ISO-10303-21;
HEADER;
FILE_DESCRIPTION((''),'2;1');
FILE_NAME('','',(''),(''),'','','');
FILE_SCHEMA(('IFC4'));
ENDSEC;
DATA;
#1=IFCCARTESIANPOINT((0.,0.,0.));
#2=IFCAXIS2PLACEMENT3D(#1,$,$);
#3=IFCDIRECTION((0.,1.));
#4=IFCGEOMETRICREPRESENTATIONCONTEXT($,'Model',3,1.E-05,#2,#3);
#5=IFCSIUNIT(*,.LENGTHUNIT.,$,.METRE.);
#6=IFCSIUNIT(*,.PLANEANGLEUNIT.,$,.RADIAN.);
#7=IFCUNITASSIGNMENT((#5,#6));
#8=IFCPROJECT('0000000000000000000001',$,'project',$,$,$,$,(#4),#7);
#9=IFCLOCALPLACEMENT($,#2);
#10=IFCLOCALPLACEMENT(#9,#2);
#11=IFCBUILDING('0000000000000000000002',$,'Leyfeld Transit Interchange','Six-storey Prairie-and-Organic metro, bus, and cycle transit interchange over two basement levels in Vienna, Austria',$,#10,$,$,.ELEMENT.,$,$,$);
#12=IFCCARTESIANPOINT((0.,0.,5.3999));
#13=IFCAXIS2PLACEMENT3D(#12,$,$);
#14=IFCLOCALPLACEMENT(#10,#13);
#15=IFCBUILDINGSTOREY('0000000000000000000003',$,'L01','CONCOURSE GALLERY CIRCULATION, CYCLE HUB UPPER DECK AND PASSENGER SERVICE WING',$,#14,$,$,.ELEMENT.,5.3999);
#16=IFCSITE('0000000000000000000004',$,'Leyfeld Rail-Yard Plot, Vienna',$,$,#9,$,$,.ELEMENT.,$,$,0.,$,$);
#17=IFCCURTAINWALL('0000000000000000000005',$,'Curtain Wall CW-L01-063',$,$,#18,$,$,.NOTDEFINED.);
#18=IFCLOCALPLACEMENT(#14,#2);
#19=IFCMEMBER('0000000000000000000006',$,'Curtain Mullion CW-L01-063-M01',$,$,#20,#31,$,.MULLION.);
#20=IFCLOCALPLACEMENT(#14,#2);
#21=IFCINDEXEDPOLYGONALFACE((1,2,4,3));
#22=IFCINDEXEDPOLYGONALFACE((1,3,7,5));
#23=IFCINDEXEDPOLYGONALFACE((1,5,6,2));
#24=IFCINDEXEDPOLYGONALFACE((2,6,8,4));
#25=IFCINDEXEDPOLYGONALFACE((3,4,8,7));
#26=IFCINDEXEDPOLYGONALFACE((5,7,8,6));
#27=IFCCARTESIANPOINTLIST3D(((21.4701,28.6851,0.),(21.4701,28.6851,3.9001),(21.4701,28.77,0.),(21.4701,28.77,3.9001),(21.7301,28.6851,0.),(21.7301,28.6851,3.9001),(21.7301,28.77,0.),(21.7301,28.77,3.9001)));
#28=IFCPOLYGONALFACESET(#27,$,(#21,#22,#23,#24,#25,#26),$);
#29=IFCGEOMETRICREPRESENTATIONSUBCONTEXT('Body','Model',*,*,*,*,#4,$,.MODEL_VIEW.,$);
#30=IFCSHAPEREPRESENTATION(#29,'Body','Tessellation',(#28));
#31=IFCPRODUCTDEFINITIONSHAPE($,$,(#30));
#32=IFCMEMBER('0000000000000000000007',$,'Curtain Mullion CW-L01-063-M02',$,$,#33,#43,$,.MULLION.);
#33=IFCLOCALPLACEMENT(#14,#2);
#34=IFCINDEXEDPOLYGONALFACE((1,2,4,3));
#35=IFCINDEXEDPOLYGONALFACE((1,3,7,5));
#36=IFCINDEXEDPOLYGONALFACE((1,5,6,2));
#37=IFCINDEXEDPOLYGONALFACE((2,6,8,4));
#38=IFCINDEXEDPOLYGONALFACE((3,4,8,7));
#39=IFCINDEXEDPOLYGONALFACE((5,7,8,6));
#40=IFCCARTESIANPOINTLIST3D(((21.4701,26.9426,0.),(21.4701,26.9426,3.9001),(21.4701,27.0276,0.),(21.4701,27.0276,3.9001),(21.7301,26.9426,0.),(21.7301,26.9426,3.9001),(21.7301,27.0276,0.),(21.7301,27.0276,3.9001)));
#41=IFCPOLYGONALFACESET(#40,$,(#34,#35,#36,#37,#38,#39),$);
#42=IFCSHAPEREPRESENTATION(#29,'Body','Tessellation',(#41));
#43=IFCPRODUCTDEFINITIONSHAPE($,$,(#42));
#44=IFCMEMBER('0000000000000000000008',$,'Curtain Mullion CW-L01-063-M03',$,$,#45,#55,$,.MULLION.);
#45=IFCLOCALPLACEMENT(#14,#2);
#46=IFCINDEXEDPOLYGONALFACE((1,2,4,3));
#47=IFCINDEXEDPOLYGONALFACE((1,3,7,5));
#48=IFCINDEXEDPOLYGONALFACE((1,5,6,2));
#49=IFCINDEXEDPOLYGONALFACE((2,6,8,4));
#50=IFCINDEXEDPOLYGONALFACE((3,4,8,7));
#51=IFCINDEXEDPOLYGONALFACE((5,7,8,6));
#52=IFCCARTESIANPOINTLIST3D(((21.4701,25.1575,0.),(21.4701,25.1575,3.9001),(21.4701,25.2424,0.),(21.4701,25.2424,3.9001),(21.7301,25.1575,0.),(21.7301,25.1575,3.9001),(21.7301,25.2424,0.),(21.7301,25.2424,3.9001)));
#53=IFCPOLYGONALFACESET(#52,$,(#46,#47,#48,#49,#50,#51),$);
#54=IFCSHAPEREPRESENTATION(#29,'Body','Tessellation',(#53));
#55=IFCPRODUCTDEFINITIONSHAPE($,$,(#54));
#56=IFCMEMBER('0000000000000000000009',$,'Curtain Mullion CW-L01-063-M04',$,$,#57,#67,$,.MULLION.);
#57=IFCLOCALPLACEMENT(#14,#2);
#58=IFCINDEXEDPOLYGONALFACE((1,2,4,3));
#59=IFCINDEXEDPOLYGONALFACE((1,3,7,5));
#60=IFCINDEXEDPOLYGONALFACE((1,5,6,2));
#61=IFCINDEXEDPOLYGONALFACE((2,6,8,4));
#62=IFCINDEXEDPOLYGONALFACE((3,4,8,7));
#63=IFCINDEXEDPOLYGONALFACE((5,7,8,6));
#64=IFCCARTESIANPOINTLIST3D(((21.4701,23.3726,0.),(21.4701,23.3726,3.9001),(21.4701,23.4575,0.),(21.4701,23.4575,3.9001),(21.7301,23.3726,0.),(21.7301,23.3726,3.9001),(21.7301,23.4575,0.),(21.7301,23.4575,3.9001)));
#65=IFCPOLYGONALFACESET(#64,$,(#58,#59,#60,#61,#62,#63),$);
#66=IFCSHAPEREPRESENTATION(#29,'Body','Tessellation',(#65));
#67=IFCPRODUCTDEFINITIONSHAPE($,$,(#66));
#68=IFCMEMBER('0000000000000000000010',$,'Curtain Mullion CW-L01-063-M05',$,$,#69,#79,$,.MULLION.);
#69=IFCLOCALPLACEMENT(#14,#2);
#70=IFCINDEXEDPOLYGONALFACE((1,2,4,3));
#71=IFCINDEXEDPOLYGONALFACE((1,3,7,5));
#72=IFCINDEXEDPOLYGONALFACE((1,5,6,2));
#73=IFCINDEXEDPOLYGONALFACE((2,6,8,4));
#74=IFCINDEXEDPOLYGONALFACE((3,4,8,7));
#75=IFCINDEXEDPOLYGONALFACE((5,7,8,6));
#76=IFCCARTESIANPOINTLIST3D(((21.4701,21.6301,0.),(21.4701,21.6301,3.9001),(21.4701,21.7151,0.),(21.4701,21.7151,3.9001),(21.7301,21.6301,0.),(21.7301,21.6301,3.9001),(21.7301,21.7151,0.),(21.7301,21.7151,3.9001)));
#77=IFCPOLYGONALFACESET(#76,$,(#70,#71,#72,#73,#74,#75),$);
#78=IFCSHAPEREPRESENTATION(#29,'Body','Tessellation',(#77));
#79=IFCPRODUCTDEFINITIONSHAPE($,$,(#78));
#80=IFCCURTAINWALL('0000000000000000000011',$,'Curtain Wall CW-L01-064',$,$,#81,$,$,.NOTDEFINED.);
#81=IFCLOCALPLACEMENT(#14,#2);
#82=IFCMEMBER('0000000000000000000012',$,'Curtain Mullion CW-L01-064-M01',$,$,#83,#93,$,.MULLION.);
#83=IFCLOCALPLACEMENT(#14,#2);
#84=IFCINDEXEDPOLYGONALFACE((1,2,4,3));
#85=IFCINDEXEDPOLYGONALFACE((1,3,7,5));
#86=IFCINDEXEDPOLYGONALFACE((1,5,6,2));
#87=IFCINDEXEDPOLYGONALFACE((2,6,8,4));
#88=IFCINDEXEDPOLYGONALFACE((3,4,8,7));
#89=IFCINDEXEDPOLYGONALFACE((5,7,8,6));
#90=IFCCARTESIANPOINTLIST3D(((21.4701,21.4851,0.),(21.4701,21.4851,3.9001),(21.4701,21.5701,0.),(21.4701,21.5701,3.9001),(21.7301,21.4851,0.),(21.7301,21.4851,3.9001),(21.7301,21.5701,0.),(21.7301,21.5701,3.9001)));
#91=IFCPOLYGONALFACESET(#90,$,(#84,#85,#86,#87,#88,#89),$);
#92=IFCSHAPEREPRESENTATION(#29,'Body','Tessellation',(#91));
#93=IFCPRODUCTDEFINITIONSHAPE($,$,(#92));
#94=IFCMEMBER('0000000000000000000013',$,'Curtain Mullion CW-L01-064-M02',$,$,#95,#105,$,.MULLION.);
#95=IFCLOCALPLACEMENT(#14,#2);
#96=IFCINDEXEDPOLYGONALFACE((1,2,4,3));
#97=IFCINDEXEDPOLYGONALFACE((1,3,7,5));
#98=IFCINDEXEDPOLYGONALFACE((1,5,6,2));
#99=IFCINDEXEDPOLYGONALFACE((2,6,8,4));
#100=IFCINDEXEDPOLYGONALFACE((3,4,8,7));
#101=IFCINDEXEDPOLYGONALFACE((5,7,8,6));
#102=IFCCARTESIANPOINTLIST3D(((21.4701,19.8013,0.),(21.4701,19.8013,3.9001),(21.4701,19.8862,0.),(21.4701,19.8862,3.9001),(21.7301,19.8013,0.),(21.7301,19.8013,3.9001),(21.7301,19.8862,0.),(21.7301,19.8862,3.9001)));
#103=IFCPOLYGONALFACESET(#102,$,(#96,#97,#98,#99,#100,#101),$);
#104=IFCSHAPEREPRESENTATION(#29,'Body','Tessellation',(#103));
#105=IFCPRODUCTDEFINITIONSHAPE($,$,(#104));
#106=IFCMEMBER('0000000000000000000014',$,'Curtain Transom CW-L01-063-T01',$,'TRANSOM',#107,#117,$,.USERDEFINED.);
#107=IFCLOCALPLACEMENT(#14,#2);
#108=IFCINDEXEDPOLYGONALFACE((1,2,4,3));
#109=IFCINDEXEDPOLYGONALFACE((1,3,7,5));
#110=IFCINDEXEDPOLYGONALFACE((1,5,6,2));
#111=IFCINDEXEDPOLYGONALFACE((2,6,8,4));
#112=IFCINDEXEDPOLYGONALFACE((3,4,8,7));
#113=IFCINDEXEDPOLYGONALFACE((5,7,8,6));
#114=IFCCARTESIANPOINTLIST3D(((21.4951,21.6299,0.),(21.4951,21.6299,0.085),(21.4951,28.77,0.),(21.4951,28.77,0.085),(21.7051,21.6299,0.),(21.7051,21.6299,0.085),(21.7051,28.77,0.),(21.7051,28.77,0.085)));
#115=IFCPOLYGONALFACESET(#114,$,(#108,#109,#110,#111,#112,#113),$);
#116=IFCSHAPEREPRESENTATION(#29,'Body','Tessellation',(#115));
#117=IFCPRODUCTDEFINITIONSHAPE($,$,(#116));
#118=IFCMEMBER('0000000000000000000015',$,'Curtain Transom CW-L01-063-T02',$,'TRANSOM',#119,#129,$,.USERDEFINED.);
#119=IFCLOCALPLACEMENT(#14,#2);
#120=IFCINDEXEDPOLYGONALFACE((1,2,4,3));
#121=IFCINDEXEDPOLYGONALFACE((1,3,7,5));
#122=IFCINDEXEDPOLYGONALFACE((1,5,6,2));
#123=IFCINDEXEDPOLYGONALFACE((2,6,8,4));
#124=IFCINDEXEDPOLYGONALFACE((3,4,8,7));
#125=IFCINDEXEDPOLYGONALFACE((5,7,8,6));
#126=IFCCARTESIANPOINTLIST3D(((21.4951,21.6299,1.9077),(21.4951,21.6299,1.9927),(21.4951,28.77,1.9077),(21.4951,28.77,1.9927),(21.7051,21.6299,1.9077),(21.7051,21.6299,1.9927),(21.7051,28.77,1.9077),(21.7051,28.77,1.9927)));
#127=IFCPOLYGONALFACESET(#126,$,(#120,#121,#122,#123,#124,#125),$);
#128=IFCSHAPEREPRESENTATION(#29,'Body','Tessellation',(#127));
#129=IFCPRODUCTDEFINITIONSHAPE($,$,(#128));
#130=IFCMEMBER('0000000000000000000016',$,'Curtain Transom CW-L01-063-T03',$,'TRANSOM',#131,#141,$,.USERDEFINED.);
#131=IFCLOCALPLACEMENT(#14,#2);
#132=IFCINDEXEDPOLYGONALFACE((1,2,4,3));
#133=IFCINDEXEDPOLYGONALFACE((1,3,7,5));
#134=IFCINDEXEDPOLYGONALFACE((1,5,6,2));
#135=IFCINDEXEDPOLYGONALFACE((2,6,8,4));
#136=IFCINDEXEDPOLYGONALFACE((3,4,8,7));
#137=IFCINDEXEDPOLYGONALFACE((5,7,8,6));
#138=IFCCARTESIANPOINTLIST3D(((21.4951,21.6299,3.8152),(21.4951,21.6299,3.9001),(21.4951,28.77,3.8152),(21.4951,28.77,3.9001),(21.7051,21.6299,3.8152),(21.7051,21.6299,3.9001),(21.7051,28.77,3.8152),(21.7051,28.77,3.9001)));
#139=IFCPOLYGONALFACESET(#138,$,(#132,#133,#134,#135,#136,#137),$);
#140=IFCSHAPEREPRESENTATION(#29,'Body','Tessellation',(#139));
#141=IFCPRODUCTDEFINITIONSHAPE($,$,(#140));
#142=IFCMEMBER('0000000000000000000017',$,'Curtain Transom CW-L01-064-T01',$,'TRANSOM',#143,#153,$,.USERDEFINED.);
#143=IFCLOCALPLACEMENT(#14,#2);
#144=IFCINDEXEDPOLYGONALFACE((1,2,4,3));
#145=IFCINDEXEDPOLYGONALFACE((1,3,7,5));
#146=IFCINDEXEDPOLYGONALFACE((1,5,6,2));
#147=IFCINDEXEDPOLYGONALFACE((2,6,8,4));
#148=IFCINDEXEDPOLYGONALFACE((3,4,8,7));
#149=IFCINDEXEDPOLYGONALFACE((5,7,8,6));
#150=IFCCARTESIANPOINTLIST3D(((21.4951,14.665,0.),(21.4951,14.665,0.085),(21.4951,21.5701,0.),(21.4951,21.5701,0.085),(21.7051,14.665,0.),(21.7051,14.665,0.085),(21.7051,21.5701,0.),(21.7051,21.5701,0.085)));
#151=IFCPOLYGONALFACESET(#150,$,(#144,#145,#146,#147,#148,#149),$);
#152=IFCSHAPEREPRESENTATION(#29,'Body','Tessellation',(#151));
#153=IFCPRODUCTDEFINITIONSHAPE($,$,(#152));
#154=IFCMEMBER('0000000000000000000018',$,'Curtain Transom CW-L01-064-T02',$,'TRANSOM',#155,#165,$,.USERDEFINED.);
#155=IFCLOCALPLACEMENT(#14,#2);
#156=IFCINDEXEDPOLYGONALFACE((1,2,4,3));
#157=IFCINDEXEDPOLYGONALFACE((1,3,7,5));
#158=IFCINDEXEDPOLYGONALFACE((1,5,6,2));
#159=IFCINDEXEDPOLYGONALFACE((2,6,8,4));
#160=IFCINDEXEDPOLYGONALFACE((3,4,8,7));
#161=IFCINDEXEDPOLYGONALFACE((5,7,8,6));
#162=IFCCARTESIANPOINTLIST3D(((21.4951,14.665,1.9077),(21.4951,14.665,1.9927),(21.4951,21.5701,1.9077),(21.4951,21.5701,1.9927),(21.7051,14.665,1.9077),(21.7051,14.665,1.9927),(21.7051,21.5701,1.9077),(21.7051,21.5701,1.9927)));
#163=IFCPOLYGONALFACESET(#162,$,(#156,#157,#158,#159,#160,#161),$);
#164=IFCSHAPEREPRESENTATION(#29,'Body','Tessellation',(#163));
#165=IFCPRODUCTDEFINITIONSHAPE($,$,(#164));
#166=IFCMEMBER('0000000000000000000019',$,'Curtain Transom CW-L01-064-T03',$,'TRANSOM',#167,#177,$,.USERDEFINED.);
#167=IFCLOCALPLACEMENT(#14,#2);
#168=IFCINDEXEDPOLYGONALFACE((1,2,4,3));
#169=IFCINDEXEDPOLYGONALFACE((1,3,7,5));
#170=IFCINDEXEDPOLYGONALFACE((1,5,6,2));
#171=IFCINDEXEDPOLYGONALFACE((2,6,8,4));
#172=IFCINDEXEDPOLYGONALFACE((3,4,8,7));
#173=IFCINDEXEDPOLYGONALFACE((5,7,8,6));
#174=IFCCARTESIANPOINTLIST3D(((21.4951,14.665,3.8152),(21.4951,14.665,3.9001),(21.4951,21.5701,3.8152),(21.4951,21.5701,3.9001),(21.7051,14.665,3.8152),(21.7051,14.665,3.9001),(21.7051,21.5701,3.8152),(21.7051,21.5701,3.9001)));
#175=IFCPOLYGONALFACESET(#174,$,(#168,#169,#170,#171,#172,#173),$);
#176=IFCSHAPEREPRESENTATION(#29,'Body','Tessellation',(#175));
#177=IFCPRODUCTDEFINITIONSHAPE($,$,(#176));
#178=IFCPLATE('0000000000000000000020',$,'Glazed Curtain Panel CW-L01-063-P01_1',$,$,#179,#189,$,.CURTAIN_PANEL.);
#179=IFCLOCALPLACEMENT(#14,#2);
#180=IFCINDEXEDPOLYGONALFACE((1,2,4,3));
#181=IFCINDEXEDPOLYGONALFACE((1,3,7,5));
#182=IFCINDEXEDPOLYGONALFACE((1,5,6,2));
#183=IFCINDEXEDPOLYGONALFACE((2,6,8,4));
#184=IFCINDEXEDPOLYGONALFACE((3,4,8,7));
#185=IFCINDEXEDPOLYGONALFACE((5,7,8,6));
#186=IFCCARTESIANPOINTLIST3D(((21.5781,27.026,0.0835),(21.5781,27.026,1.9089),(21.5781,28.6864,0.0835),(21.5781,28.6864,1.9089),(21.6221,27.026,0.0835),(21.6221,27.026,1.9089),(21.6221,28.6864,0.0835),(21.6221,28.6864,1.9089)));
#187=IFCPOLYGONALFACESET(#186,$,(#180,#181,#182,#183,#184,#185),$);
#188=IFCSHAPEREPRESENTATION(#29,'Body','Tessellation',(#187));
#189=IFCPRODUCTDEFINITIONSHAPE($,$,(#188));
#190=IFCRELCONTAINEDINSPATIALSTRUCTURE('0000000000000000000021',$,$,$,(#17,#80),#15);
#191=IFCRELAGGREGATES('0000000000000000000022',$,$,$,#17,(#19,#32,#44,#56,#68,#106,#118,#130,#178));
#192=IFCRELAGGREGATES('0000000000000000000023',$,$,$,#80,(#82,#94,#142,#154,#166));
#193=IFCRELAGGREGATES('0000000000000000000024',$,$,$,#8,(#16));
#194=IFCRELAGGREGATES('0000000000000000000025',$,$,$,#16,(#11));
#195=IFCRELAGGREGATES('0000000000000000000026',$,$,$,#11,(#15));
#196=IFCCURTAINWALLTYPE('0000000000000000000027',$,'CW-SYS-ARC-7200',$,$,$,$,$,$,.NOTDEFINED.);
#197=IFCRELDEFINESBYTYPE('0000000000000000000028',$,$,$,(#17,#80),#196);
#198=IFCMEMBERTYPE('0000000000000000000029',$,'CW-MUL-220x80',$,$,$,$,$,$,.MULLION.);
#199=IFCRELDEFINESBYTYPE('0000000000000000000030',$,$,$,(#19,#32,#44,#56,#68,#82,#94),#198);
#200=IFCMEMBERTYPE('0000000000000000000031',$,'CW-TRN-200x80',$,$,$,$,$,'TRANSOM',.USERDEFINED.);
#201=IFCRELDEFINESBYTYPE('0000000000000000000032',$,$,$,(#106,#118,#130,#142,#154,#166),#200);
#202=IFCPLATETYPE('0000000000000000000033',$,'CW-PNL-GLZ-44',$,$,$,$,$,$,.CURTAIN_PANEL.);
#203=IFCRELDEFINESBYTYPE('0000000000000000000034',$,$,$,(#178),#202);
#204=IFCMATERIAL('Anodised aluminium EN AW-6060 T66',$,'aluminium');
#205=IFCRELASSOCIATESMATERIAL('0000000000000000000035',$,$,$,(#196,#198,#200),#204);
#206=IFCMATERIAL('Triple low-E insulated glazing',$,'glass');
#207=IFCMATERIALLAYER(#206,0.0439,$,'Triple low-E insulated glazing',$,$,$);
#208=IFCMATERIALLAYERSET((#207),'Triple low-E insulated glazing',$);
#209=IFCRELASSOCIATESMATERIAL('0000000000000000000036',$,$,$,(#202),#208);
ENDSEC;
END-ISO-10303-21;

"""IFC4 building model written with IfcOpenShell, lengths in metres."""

from ifc_helpers import new_model, si_unit, direction, frame, origin, origin_2d, place, context, subcontext, project, spatial, rectangle, extrude, material, layer, layer_set, material_profile, profile_set, type_object, element, aggregate, save


model = new_model("IFC4")

# Units and contexts
model_context = context("Model", 3, precision=1e-05, world=origin(), true_north=direction((0.0, 1.0)))
body_context = subcontext(model_context, "Body", "Model", "MODEL_VIEW")
ifc_project = project(units=[si_unit("LENGTHUNIT", "METRE"), si_unit("PLANEANGLEUNIT", "RADIAN")], contexts=[model_context])

# Site, building, storey
site_placement = place(None, origin())
site = spatial("IfcSite", under=ifc_project, at=site_placement, Name="Leyfeld Rail-Yard Plot, Vienna", CompositionType="ELEMENT", RefElevation=0.0)
building_placement = place(site_placement, origin())
building = spatial("IfcBuilding", under=site, at=building_placement, Name="Leyfeld Transit Interchange", Description="Six-storey Prairie-and-Organic metro, bus, and cycle transit interchange over two basement levels in Vienna, Austria", CompositionType="ELEMENT")
storey_placement = place(building_placement, frame((0.0, 0.0, 5.3999)))
storey = spatial("IfcBuildingStorey", under=building, at=storey_placement, Name="L01", Description="CONCOURSE GALLERY CIRCULATION, CYCLE HUB UPPER DECK AND PASSENGER SERVICE WING", CompositionType="ELEMENT", Elevation=5.3999)

# Curtain walls, members
ifc_material_1 = material(Name="Anodised aluminium EN AW-6060 T66", Category="aluminium")
curtain_wall_type = type_object("IfcCurtainWallType", Name="CW-SYS-ARC-7200", PredefinedType="NOTDEFINED", material=ifc_material_1)
curtain_wall_1_placement = place(storey_placement, origin())
curtain_wall_1 = element("IfcCurtainWall", 1, at=curtain_wall_1_placement, inside=storey, type_object=curtain_wall_type, Name="Curtain Wall CW-L01-063", PredefinedType="NOTDEFINED")
ifc_material_profile_1 = material_profile(ifc_material_1, rectangle(XDim=0.085, YDim=0.26, at=origin_2d()), Name="CW-M 85x260")
ifc_profile_set_1 = profile_set([ifc_material_profile_1], Name="Anodised aluminium EN AW-6060 T66")
member_type_1 = type_object("IfcMemberType", Name="CW-MUL-220x80", PredefinedType="MULLION", material=ifc_profile_set_1)
member_1_placement = place(storey_placement, frame((21.6001, 28.7275, 0.0), z_axis=(0.0, 0.0, 1.0), x_axis=(0.0, -1.0, 0.0)))
member_1 = element("IfcMember", 2, at=member_1_placement, type_object=member_type_1, Name="Curtain Mullion CW-L01-063-M01", PredefinedType="MULLION", context=body_context, shape_type="SweptSolid", body=[
    extrude(rectangle(XDim=0.085, YDim=0.26, at=origin_2d()), origin(), (0.0, 0.0, 1.0), 3.9001),
])
member_2_placement = place(storey_placement, frame((21.6001, 26.9851, 0.0), z_axis=(0.0, 0.0, 1.0), x_axis=(0.0, -1.0, 0.0)))
member_2 = element("IfcMember", 3, at=member_2_placement, type_object=member_type_1, Name="Curtain Mullion CW-L01-063-M02", PredefinedType="MULLION", context=body_context, shape_type="SweptSolid", body=[
    extrude(rectangle(XDim=0.085, YDim=0.26, at=origin_2d()), origin(), (0.0, 0.0, 1.0), 3.9001),
])
member_3_placement = place(storey_placement, frame((21.6001, 25.2, 0.0), z_axis=(0.0, 0.0, 1.0), x_axis=(0.0, -1.0, 0.0)))
member_3 = element("IfcMember", 4, at=member_3_placement, type_object=member_type_1, Name="Curtain Mullion CW-L01-063-M03", PredefinedType="MULLION", context=body_context, shape_type="SweptSolid", body=[
    extrude(rectangle(XDim=0.085, YDim=0.26, at=origin_2d()), origin(), (0.0, 0.0, 1.0), 3.9001),
])
member_4_placement = place(storey_placement, frame((21.6001, 23.415, 0.0), z_axis=(0.0, 0.0, 1.0), x_axis=(0.0, -1.0, 0.0)))
member_4 = element("IfcMember", 5, at=member_4_placement, type_object=member_type_1, Name="Curtain Mullion CW-L01-063-M04", PredefinedType="MULLION", context=body_context, shape_type="SweptSolid", body=[
    extrude(rectangle(XDim=0.085, YDim=0.26, at=origin_2d()), origin(), (0.0, 0.0, 1.0), 3.9001),
])
member_5_placement = place(storey_placement, frame((21.6001, 21.6726, 0.0), z_axis=(0.0, 0.0, 1.0), x_axis=(0.0, -1.0, 0.0)))
member_5 = element("IfcMember", 6, at=member_5_placement, type_object=member_type_1, Name="Curtain Mullion CW-L01-063-M05", PredefinedType="MULLION", context=body_context, shape_type="SweptSolid", body=[
    extrude(rectangle(XDim=0.085, YDim=0.26, at=origin_2d()), origin(), (0.0, 0.0, 1.0), 3.9001),
])
curtain_wall_2_placement = place(storey_placement, origin())
curtain_wall_2 = element("IfcCurtainWall", 7, at=curtain_wall_2_placement, inside=storey, type_object=curtain_wall_type, Name="Curtain Wall CW-L01-064", PredefinedType="NOTDEFINED")
member_6_placement = place(storey_placement, frame((21.6001, 21.5276, 0.0), z_axis=(0.0, 0.0, 1.0), x_axis=(0.0, -1.0, 0.0)))
member_6 = element("IfcMember", 8, at=member_6_placement, type_object=member_type_1, Name="Curtain Mullion CW-L01-064-M01", PredefinedType="MULLION", context=body_context, shape_type="SweptSolid", body=[
    extrude(rectangle(XDim=0.085, YDim=0.26, at=origin_2d()), origin(), (0.0, 0.0, 1.0), 3.9001),
])
member_7_placement = place(storey_placement, frame((21.6001, 19.8438, 0.0), z_axis=(0.0, 0.0, 1.0), x_axis=(0.0, -1.0, 0.0)))
member_7 = element("IfcMember", 9, at=member_7_placement, type_object=member_type_1, Name="Curtain Mullion CW-L01-064-M02", PredefinedType="MULLION", context=body_context, shape_type="SweptSolid", body=[
    extrude(rectangle(XDim=0.085, YDim=0.26, at=origin_2d()), origin(), (0.0, 0.0, 1.0), 3.9001),
])

# Members
ifc_material_profile_2 = material_profile(ifc_material_1, rectangle(XDim=0.21, YDim=0.085, at=origin_2d()), Name="CW-TRN-200x80")
ifc_profile_set_2 = profile_set([ifc_material_profile_2], Name="Anodised aluminium EN AW-6060 T66")
member_type_2 = type_object("IfcMemberType", Name="CW-TRN-200x80", ElementType="TRANSOM", PredefinedType="USERDEFINED", material=ifc_profile_set_2)
member_8_placement = place(storey_placement, frame((21.6001, 28.77, 0.0425), z_axis=(0.0, -1.0, 0.0), x_axis=(1.0, 0.0, 0.0)))
member_8 = element("IfcMember", 10, at=member_8_placement, type_object=member_type_2, Name="Curtain Transom CW-L01-063-T01", ObjectType="TRANSOM", PredefinedType="USERDEFINED", context=body_context, shape_type="SweptSolid", body=[
    extrude(rectangle(XDim=0.21, YDim=0.085, at=origin_2d()), origin(), (0.0, 0.0, 1.0), 7.1401),
])
member_9_placement = place(storey_placement, frame((21.6001, 28.77, 1.9502), z_axis=(0.0, -1.0, 0.0), x_axis=(1.0, 0.0, 0.0)))
member_9 = element("IfcMember", 11, at=member_9_placement, type_object=member_type_2, Name="Curtain Transom CW-L01-063-T02", ObjectType="TRANSOM", PredefinedType="USERDEFINED", context=body_context, shape_type="SweptSolid", body=[
    extrude(rectangle(XDim=0.21, YDim=0.085, at=origin_2d()), origin(), (0.0, 0.0, 1.0), 7.1401),
])
member_10_placement = place(storey_placement, frame((21.6001, 28.77, 3.8577), z_axis=(0.0, -1.0, 0.0), x_axis=(1.0, 0.0, 0.0)))
member_10 = element("IfcMember", 12, at=member_10_placement, type_object=member_type_2, Name="Curtain Transom CW-L01-063-T03", ObjectType="TRANSOM", PredefinedType="USERDEFINED", context=body_context, shape_type="SweptSolid", body=[
    extrude(rectangle(XDim=0.21, YDim=0.085, at=origin_2d()), origin(), (0.0, 0.0, 1.0), 7.1401),
])
member_11_placement = place(storey_placement, frame((21.6001, 21.5701, 0.0425), z_axis=(0.0, -1.0, 0.0), x_axis=(1.0, 0.0, 0.0)))
member_11 = element("IfcMember", 13, at=member_11_placement, type_object=member_type_2, Name="Curtain Transom CW-L01-064-T01", ObjectType="TRANSOM", PredefinedType="USERDEFINED", context=body_context, shape_type="SweptSolid", body=[
    extrude(rectangle(XDim=0.21, YDim=0.085, at=origin_2d()), origin(), (0.0, 0.0, 1.0), 6.905),
])
member_12_placement = place(storey_placement, frame((21.6001, 21.5701, 1.9502), z_axis=(0.0, -1.0, 0.0), x_axis=(1.0, 0.0, 0.0)))
member_12 = element("IfcMember", 14, at=member_12_placement, type_object=member_type_2, Name="Curtain Transom CW-L01-064-T02", ObjectType="TRANSOM", PredefinedType="USERDEFINED", context=body_context, shape_type="SweptSolid", body=[
    extrude(rectangle(XDim=0.21, YDim=0.085, at=origin_2d()), origin(), (0.0, 0.0, 1.0), 6.905),
])
member_13_placement = place(storey_placement, frame((21.6001, 21.5701, 3.8577), z_axis=(0.0, -1.0, 0.0), x_axis=(1.0, 0.0, 0.0)))
member_13 = element("IfcMember", 15, at=member_13_placement, type_object=member_type_2, Name="Curtain Transom CW-L01-064-T03", ObjectType="TRANSOM", PredefinedType="USERDEFINED", context=body_context, shape_type="SweptSolid", body=[
    extrude(rectangle(XDim=0.21, YDim=0.085, at=origin_2d()), origin(), (0.0, 0.0, 1.0), 6.905),
])

# Plate
ifc_material_2 = material(Name="Triple low-E insulated glazing", Category="glass")
ifc_layer = layer(ifc_material_2, 0.0439, Name="Triple low-E insulated glazing")
ifc_layer_set = layer_set([ifc_layer], Name="Triple low-E insulated glazing")
plate_type = type_object("IfcPlateType", Name="CW-PNL-GLZ-44", PredefinedType="CURTAIN_PANEL", material=ifc_layer_set)
plate_1_placement = place(storey_placement, frame((21.6001, 27.8562, 0.0835), z_axis=(0.0, 0.0, 1.0), x_axis=(0.0, -1.0, 0.0)))
plate_1 = element("IfcPlate", 16, at=plate_1_placement, type_object=plate_type, Name="Glazed Curtain Panel CW-L01-063-P01_1", PredefinedType="CURTAIN_PANEL", context=body_context, shape_type="SweptSolid", body=[
    extrude(rectangle(XDim=1.6604, YDim=0.0439, at=origin_2d()), origin(), (0.0, 0.0, 1.0), 1.8254),
])
aggregate(curtain_wall_1, [member_1, member_2, member_3, member_4, member_5, member_8, member_9, member_10, plate_1])
aggregate(curtain_wall_2, [member_6, member_7, member_11, member_12, member_13])

save(model, "model.ifc")
